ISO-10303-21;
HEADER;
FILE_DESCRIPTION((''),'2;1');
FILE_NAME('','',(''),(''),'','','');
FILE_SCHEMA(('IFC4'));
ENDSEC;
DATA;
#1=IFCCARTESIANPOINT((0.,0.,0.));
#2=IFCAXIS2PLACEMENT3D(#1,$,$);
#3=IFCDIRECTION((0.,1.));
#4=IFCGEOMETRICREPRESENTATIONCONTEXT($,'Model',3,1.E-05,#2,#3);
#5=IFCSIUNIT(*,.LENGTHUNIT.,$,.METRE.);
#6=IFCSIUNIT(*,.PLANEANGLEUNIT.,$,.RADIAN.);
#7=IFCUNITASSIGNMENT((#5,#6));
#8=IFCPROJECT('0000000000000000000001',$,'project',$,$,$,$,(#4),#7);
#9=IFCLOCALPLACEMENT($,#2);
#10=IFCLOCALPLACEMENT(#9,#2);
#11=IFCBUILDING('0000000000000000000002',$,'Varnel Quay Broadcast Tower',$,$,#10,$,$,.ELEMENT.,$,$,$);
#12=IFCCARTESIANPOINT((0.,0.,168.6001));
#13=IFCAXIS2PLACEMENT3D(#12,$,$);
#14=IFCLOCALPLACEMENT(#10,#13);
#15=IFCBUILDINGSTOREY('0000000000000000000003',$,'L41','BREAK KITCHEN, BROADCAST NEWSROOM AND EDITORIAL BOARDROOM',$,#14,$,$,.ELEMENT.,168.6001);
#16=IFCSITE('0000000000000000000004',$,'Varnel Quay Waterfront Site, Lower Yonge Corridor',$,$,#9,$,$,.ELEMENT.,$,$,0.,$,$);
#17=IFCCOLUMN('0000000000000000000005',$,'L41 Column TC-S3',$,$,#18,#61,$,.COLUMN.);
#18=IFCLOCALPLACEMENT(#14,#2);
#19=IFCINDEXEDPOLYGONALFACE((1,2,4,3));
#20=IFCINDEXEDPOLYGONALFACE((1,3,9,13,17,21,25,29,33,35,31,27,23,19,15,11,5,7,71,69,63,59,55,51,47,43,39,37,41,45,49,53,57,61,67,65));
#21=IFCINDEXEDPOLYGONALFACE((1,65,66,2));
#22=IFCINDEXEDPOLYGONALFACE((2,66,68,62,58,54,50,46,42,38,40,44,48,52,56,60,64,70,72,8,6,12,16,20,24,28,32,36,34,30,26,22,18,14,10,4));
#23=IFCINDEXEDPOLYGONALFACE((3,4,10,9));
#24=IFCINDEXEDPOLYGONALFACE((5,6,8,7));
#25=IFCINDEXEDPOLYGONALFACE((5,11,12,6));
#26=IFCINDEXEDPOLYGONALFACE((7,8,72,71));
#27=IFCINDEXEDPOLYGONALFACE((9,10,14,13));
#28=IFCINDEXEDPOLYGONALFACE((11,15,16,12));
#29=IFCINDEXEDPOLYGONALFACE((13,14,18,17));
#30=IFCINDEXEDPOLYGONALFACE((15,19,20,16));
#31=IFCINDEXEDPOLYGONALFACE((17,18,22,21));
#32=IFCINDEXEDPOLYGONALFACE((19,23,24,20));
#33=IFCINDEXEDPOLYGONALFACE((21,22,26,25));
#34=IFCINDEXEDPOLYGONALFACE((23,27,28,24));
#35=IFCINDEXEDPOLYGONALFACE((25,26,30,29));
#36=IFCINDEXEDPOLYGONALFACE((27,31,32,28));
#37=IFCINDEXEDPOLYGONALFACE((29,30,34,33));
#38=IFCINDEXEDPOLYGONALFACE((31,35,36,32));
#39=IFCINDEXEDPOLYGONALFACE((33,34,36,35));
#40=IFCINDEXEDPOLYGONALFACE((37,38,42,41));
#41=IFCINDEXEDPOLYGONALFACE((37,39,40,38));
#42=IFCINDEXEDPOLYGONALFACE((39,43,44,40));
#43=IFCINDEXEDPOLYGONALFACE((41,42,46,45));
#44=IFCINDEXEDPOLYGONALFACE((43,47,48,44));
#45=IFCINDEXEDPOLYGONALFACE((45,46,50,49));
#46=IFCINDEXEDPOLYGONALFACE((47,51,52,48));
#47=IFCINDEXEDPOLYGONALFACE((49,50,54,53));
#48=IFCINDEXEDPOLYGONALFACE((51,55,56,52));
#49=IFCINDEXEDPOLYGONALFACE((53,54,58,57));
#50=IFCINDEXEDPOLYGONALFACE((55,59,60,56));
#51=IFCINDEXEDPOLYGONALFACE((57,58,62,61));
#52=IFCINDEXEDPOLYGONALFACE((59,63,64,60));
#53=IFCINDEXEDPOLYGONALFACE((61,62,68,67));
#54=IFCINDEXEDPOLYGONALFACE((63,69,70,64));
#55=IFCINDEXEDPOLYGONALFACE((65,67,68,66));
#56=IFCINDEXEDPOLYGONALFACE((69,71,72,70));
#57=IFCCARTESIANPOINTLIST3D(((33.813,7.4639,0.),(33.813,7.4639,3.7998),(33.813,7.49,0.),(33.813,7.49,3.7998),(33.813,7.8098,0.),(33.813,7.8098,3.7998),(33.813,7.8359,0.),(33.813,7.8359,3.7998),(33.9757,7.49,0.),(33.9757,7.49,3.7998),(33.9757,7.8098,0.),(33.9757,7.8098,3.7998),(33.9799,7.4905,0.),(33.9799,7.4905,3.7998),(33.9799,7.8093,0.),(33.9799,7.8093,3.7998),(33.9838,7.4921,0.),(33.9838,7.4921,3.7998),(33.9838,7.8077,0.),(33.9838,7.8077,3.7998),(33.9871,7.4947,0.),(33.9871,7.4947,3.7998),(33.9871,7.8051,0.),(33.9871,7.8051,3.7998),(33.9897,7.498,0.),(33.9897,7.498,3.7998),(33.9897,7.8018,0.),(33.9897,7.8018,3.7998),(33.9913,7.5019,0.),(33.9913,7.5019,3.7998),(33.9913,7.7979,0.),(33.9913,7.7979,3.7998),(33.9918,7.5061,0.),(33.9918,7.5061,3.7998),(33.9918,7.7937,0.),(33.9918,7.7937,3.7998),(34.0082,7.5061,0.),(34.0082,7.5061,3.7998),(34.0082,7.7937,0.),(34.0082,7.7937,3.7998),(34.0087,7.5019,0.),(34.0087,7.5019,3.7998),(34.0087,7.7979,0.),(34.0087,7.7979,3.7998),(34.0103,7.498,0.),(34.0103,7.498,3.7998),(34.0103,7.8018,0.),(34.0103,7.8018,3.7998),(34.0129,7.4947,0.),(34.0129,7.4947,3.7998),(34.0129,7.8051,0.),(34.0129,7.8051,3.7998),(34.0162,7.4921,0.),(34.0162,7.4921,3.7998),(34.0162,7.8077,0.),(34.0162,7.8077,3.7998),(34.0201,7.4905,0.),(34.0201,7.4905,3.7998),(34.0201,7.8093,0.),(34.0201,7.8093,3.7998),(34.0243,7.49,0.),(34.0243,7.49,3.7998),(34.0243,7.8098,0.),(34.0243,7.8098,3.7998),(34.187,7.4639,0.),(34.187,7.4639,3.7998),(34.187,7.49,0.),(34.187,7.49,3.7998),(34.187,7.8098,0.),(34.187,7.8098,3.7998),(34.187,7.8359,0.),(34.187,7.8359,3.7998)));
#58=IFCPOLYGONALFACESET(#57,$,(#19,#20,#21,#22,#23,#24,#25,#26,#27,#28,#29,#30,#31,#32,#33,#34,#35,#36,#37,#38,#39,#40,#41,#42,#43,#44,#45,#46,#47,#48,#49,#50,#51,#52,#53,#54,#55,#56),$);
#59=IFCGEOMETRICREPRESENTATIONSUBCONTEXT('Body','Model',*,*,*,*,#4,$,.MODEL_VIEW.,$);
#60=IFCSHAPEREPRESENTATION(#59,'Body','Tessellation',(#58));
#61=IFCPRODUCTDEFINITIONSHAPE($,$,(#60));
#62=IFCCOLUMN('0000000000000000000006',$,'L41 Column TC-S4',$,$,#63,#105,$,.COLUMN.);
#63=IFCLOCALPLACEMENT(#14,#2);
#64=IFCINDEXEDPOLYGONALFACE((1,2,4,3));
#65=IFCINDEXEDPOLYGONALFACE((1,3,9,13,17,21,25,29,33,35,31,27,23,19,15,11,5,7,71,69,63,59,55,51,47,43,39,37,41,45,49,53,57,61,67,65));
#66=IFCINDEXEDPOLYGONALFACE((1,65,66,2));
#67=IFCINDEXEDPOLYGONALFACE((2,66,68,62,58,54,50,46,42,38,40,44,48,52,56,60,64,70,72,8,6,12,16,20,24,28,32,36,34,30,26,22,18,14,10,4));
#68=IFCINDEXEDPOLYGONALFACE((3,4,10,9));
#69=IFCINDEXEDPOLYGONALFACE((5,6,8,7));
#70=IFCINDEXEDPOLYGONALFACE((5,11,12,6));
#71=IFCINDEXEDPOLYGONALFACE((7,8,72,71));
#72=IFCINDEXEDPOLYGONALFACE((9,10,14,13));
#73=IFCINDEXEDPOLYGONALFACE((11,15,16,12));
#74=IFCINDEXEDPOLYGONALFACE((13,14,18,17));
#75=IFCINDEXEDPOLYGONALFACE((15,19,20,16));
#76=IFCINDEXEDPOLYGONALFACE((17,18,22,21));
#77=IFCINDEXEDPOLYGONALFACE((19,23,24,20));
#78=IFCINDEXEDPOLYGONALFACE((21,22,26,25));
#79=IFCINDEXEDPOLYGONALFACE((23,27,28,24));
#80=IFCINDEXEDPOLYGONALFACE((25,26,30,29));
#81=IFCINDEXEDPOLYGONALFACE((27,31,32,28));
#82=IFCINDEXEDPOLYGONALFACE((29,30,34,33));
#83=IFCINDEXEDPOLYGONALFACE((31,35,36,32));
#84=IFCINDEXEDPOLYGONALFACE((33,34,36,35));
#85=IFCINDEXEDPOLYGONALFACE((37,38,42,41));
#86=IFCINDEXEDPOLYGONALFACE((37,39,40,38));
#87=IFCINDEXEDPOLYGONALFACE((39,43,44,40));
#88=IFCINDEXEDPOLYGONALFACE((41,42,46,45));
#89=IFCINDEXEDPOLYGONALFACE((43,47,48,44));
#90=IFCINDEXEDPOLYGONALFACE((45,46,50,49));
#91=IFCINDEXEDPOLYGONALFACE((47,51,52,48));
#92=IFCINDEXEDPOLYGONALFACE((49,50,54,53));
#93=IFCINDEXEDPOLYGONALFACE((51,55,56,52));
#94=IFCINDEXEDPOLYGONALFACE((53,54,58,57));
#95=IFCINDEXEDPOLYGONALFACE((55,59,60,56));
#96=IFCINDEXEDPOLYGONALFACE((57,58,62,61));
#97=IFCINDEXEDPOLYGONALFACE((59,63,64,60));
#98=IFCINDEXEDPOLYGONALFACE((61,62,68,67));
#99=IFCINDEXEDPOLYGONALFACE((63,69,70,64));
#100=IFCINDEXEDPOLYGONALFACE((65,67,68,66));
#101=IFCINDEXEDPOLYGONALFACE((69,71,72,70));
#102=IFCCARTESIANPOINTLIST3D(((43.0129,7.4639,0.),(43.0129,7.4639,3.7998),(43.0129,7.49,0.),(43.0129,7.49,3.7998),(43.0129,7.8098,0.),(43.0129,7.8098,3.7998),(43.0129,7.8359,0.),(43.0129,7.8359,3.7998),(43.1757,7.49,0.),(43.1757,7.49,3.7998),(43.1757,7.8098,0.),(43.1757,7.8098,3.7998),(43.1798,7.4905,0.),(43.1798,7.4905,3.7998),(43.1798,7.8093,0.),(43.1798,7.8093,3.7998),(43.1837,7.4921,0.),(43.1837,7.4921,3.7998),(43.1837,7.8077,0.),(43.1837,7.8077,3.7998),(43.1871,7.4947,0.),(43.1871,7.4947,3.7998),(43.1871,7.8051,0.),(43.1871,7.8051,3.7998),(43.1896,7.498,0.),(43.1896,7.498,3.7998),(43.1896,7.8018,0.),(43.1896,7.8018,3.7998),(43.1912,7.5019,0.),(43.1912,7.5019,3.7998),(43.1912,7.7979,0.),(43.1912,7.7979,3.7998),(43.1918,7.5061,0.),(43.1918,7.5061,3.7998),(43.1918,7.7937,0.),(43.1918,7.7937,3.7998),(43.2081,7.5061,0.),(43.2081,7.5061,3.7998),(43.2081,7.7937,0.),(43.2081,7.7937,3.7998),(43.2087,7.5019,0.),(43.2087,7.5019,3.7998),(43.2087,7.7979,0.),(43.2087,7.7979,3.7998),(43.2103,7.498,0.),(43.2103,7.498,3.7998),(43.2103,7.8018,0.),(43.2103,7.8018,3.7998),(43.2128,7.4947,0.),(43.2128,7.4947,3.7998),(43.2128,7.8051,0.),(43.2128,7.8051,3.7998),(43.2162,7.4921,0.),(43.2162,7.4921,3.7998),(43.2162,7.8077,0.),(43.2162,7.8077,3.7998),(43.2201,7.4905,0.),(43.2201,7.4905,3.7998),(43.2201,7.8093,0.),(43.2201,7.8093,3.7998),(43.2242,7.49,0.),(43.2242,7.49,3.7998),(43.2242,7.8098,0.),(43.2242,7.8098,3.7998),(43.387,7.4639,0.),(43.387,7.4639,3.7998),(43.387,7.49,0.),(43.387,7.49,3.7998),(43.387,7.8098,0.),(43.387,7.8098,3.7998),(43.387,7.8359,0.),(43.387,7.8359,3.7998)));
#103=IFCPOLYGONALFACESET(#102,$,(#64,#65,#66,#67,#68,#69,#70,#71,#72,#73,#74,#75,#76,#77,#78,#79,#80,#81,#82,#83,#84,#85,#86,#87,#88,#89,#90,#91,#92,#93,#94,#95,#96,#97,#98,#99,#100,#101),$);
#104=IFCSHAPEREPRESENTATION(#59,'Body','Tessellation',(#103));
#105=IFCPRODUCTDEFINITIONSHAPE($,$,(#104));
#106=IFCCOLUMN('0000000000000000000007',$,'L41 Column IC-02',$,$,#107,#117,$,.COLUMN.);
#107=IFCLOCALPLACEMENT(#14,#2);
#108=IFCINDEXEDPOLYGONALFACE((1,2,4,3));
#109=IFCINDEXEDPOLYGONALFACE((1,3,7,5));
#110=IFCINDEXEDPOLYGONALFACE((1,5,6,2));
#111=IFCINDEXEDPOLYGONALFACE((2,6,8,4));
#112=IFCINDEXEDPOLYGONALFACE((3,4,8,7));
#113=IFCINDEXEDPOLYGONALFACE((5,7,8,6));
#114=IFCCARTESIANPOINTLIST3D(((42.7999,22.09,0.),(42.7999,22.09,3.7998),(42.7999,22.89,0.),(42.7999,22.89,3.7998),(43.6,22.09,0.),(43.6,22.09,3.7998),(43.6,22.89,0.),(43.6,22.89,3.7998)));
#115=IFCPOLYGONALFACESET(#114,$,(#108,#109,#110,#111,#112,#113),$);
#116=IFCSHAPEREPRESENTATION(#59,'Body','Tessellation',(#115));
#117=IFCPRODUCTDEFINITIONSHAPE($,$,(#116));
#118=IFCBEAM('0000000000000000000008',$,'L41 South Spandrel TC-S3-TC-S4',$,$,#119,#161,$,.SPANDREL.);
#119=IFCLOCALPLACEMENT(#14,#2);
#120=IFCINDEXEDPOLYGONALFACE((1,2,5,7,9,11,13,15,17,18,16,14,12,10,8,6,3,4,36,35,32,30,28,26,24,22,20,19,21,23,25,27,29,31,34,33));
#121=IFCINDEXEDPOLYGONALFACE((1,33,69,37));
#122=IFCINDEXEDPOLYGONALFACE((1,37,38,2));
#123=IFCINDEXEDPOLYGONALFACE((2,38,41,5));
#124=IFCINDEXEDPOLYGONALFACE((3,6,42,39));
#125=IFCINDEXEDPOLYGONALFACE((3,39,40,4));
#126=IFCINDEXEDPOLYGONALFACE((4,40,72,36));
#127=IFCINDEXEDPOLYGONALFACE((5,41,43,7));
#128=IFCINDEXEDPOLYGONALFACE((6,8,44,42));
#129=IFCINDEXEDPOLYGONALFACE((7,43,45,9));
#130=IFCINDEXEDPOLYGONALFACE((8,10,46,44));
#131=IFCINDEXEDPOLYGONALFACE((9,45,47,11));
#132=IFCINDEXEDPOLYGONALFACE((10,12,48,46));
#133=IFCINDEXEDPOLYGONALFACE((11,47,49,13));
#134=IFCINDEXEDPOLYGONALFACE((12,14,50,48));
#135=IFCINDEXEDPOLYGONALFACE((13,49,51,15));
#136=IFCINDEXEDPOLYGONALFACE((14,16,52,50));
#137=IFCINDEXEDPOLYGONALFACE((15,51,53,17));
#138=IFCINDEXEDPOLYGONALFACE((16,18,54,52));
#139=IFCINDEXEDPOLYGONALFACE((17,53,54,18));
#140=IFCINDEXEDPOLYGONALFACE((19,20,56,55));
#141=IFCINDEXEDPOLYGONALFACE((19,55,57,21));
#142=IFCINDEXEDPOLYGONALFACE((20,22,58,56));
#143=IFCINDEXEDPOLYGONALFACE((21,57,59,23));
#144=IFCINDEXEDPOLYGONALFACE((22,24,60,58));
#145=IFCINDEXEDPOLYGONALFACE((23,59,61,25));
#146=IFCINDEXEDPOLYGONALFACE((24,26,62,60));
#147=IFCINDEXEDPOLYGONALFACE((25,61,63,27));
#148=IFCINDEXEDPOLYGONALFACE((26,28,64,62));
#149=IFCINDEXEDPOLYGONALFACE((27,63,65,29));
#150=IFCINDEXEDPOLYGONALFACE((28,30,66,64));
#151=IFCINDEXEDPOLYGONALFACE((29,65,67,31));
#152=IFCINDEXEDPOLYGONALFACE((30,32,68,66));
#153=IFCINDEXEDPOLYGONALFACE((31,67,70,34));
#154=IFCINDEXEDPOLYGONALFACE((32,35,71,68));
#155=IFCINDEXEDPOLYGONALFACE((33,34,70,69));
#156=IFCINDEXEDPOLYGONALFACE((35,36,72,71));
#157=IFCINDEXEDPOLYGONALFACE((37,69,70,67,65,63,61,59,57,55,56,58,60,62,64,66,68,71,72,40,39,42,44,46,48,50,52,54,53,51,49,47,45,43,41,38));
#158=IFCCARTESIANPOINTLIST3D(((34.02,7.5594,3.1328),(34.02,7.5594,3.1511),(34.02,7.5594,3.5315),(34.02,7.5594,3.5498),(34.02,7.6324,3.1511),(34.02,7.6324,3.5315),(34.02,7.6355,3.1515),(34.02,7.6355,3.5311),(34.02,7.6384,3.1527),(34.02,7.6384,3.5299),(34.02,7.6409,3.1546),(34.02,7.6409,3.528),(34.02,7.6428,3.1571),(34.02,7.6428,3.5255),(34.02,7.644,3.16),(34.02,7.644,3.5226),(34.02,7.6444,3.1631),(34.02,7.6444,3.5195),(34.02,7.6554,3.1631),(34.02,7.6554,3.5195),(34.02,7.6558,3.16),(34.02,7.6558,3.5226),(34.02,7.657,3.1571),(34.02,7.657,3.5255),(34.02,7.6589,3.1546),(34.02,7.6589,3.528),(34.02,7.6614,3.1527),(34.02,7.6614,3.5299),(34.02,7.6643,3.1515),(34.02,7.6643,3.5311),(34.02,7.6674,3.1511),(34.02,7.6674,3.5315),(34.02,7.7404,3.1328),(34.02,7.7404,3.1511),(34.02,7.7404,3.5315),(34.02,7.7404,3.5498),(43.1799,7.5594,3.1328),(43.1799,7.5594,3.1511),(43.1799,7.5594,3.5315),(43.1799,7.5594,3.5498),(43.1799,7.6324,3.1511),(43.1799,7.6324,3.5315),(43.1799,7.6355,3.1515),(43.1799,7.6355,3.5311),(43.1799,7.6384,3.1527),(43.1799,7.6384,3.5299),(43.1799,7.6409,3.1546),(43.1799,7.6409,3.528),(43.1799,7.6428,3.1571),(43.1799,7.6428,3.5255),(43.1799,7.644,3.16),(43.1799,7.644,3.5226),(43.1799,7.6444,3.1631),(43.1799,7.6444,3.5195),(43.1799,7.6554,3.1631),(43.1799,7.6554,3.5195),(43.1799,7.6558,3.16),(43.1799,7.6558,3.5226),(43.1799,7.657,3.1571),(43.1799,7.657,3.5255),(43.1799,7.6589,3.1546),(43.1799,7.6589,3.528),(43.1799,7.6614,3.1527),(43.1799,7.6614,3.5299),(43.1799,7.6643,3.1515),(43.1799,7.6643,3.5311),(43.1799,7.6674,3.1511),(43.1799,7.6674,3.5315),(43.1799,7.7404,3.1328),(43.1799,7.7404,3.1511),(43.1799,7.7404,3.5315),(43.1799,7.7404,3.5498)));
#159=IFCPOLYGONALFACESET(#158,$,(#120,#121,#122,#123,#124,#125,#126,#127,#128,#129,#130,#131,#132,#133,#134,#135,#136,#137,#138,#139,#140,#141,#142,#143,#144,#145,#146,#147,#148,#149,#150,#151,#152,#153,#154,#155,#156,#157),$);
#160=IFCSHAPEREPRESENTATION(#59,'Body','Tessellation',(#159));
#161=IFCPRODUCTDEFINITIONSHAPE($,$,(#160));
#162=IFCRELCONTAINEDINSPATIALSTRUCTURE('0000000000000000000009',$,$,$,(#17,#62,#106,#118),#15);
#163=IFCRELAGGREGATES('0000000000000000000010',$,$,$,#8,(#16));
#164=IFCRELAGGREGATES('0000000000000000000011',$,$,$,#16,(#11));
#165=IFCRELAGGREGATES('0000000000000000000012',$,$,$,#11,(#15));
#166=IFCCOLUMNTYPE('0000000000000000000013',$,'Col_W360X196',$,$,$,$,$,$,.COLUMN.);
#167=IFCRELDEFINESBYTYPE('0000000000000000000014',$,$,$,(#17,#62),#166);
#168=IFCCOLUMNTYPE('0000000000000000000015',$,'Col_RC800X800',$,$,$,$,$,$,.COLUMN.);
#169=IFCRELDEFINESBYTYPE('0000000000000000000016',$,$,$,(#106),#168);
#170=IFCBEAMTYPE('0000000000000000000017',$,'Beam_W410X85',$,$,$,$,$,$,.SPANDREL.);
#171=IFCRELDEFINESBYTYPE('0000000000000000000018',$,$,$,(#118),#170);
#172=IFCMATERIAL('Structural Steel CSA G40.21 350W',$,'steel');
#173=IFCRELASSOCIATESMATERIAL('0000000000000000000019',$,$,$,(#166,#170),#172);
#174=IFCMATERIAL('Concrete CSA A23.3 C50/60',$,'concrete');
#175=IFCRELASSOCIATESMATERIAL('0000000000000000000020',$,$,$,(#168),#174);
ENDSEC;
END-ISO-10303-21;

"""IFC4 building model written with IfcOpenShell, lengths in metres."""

from ifc_helpers import new_model, si_unit, direction, frame, origin, origin_2d, place, context, subcontext, project, spatial, rectangle, i_section, extrude, source, transform, mapped, material, material_profile, profile_set, type_object, type_shapes, element, save


model = new_model("IFC4")

# Units and contexts
model_context = context("Model", 3, precision=1e-05, world=origin(), true_north=direction((0.0, 1.0)))
body_context = subcontext(model_context, "Body", "Model", "MODEL_VIEW")
ifc_project = project(units=[si_unit("LENGTHUNIT", "METRE"), si_unit("PLANEANGLEUNIT", "RADIAN")], contexts=[model_context])

# Site, building, storey
site_placement = place(None, origin())
site = spatial("IfcSite", under=ifc_project, at=site_placement, Name="Varnel Quay Waterfront Site, Lower Yonge Corridor", CompositionType="ELEMENT", RefElevation=0.0)
building_placement = place(site_placement, origin())
building = spatial("IfcBuilding", under=site, at=building_placement, Name="Varnel Quay Broadcast Tower", CompositionType="ELEMENT")
storey_placement = place(building_placement, frame((0.0, 0.0, 168.6001)))
storey = spatial("IfcBuildingStorey", under=building, at=storey_placement, Name="L41", Description="BREAK KITCHEN, BROADCAST NEWSROOM AND EDITORIAL BOARDROOM", CompositionType="ELEMENT", Elevation=168.6001)

# Columns
ifc_material_1 = material(Name="Structural Steel CSA G40.21 350W", Category="steel")
ifc_material_profile_1 = material_profile(ifc_material_1, i_section(OverallWidth=0.374, OverallDepth=0.3721, WebThickness=0.0164, FlangeThickness=0.0261, FilletRadius=0.0161, at=origin_2d()), Name="W360X196")
ifc_profile_set_1 = profile_set([ifc_material_profile_1], Name="Structural Steel CSA G40.21 350W")
column_type_1 = type_object("IfcColumnType", Name="Col_W360X196", PredefinedType="COLUMN", material=ifc_profile_set_1)
shared_shape_1 = source(origin(), body_context, "Body", "SweptSolid", [
    extrude(i_section(OverallWidth=0.374, OverallDepth=0.3721, WebThickness=0.0164, FlangeThickness=0.0261, FilletRadius=0.0161, at=origin_2d()), origin(), (0.0, 0.0, 1.0), 3.7998),
])
type_shapes(column_type_1, [shared_shape_1])
for number, where, z_axis, x_axis, name in (
    (1, (34.0, 7.6499, 0.0), (0.0, 0.0, 1.0), (1.0, 0.0, 0.0), "L41 Column TC-S3"),
    (2, (43.2, 7.6499, 0.0), (0.0, 0.0, 1.0), (1.0, 0.0, 0.0), "L41 Column TC-S4"),
):
    element("IfcColumn", number, at=place(storey_placement, frame(where, z_axis=z_axis, x_axis=x_axis)), inside=storey, type_object=column_type_1, Name=name, PredefinedType="COLUMN", context=body_context, shape_type="MappedRepresentation", body=[
        mapped(shared_shape_1, transform((0.0, 0.0, 0.0), x_axis=(1.0, 0.0, 0.0), y_axis=(0.0, 1.0, 0.0), z_axis=(0.0, 0.0, 1.0), scale=1.0)),
    ])
ifc_material_2 = material(Name="Concrete CSA A23.3 C50/60", Category="concrete")
ifc_material_profile_2 = material_profile(ifc_material_2, rectangle(XDim=0.8, YDim=0.8, at=origin_2d()), Name="RC800X800")
ifc_profile_set_2 = profile_set([ifc_material_profile_2], Name="Concrete CSA A23.3 C50/60")
column_type_2 = type_object("IfcColumnType", Name="Col_RC800X800", PredefinedType="COLUMN", material=ifc_profile_set_2)
shared_shape_2 = source(origin(), body_context, "Body", "SweptSolid", [
    extrude(rectangle(XDim=0.8, YDim=0.8, at=origin_2d()), origin(), (0.0, 0.0, 1.0), 3.7998),
])
type_shapes(column_type_2, [shared_shape_2])
column_placement = place(storey_placement, frame((43.2, 22.49, 0.0), z_axis=(0.0, 0.0, 1.0), x_axis=(1.0, 0.0, 0.0)))
element("IfcColumn", 3, at=column_placement, inside=storey, type_object=column_type_2, Name="L41 Column IC-02", PredefinedType="COLUMN", context=body_context, shape_type="MappedRepresentation", body=[
    mapped(shared_shape_2, transform((0.0, 0.0, 0.0), x_axis=(1.0, 0.0, 0.0), y_axis=(0.0, 1.0, 0.0), z_axis=(0.0, 0.0, 1.0), scale=1.0)),
])

# Beam
ifc_material_profile_3 = material_profile(ifc_material_1, i_section(OverallWidth=0.1809, OverallDepth=0.417, WebThickness=0.011, FlangeThickness=0.0183, FilletRadius=0.012, at=origin_2d()), Name="W410X85")
ifc_profile_set_3 = profile_set([ifc_material_profile_3], Name="Structural Steel CSA G40.21 350W")
beam_type_1 = type_object("IfcBeamType", Name="Beam_W410X85", PredefinedType="SPANDREL", material=ifc_profile_set_3)
shared_shape_3 = source(origin(), body_context, "Body", "SweptSolid", [
    extrude(i_section(OverallWidth=0.1809, OverallDepth=0.417, WebThickness=0.011, FlangeThickness=0.0183, FilletRadius=0.012, at=origin_2d()), origin(), (0.0, 0.0, 1.0), 9.1599),
])
type_shapes(beam_type_1, [shared_shape_3])
for number, where, z_axis, x_axis, name in (
    (4, (34.02, 7.6499, 3.3413), (1.0, 0.0, 0.0), (0.0, 1.0, 0.0), "L41 South Spandrel TC-S3-TC-S4"),
):
    element("IfcBeam", number, at=place(storey_placement, frame(where, z_axis=z_axis, x_axis=x_axis)), inside=storey, type_object=beam_type_1, Name=name, PredefinedType="SPANDREL", context=body_context, shape_type="MappedRepresentation", body=[
        mapped(shared_shape_3, transform((0.0, 0.0, 0.0), x_axis=(1.0, 0.0, 0.0), y_axis=(0.0, 1.0, 0.0), z_axis=(0.0, 0.0, 1.0), scale=1.0)),
    ])

save(model, "model.ifc")
